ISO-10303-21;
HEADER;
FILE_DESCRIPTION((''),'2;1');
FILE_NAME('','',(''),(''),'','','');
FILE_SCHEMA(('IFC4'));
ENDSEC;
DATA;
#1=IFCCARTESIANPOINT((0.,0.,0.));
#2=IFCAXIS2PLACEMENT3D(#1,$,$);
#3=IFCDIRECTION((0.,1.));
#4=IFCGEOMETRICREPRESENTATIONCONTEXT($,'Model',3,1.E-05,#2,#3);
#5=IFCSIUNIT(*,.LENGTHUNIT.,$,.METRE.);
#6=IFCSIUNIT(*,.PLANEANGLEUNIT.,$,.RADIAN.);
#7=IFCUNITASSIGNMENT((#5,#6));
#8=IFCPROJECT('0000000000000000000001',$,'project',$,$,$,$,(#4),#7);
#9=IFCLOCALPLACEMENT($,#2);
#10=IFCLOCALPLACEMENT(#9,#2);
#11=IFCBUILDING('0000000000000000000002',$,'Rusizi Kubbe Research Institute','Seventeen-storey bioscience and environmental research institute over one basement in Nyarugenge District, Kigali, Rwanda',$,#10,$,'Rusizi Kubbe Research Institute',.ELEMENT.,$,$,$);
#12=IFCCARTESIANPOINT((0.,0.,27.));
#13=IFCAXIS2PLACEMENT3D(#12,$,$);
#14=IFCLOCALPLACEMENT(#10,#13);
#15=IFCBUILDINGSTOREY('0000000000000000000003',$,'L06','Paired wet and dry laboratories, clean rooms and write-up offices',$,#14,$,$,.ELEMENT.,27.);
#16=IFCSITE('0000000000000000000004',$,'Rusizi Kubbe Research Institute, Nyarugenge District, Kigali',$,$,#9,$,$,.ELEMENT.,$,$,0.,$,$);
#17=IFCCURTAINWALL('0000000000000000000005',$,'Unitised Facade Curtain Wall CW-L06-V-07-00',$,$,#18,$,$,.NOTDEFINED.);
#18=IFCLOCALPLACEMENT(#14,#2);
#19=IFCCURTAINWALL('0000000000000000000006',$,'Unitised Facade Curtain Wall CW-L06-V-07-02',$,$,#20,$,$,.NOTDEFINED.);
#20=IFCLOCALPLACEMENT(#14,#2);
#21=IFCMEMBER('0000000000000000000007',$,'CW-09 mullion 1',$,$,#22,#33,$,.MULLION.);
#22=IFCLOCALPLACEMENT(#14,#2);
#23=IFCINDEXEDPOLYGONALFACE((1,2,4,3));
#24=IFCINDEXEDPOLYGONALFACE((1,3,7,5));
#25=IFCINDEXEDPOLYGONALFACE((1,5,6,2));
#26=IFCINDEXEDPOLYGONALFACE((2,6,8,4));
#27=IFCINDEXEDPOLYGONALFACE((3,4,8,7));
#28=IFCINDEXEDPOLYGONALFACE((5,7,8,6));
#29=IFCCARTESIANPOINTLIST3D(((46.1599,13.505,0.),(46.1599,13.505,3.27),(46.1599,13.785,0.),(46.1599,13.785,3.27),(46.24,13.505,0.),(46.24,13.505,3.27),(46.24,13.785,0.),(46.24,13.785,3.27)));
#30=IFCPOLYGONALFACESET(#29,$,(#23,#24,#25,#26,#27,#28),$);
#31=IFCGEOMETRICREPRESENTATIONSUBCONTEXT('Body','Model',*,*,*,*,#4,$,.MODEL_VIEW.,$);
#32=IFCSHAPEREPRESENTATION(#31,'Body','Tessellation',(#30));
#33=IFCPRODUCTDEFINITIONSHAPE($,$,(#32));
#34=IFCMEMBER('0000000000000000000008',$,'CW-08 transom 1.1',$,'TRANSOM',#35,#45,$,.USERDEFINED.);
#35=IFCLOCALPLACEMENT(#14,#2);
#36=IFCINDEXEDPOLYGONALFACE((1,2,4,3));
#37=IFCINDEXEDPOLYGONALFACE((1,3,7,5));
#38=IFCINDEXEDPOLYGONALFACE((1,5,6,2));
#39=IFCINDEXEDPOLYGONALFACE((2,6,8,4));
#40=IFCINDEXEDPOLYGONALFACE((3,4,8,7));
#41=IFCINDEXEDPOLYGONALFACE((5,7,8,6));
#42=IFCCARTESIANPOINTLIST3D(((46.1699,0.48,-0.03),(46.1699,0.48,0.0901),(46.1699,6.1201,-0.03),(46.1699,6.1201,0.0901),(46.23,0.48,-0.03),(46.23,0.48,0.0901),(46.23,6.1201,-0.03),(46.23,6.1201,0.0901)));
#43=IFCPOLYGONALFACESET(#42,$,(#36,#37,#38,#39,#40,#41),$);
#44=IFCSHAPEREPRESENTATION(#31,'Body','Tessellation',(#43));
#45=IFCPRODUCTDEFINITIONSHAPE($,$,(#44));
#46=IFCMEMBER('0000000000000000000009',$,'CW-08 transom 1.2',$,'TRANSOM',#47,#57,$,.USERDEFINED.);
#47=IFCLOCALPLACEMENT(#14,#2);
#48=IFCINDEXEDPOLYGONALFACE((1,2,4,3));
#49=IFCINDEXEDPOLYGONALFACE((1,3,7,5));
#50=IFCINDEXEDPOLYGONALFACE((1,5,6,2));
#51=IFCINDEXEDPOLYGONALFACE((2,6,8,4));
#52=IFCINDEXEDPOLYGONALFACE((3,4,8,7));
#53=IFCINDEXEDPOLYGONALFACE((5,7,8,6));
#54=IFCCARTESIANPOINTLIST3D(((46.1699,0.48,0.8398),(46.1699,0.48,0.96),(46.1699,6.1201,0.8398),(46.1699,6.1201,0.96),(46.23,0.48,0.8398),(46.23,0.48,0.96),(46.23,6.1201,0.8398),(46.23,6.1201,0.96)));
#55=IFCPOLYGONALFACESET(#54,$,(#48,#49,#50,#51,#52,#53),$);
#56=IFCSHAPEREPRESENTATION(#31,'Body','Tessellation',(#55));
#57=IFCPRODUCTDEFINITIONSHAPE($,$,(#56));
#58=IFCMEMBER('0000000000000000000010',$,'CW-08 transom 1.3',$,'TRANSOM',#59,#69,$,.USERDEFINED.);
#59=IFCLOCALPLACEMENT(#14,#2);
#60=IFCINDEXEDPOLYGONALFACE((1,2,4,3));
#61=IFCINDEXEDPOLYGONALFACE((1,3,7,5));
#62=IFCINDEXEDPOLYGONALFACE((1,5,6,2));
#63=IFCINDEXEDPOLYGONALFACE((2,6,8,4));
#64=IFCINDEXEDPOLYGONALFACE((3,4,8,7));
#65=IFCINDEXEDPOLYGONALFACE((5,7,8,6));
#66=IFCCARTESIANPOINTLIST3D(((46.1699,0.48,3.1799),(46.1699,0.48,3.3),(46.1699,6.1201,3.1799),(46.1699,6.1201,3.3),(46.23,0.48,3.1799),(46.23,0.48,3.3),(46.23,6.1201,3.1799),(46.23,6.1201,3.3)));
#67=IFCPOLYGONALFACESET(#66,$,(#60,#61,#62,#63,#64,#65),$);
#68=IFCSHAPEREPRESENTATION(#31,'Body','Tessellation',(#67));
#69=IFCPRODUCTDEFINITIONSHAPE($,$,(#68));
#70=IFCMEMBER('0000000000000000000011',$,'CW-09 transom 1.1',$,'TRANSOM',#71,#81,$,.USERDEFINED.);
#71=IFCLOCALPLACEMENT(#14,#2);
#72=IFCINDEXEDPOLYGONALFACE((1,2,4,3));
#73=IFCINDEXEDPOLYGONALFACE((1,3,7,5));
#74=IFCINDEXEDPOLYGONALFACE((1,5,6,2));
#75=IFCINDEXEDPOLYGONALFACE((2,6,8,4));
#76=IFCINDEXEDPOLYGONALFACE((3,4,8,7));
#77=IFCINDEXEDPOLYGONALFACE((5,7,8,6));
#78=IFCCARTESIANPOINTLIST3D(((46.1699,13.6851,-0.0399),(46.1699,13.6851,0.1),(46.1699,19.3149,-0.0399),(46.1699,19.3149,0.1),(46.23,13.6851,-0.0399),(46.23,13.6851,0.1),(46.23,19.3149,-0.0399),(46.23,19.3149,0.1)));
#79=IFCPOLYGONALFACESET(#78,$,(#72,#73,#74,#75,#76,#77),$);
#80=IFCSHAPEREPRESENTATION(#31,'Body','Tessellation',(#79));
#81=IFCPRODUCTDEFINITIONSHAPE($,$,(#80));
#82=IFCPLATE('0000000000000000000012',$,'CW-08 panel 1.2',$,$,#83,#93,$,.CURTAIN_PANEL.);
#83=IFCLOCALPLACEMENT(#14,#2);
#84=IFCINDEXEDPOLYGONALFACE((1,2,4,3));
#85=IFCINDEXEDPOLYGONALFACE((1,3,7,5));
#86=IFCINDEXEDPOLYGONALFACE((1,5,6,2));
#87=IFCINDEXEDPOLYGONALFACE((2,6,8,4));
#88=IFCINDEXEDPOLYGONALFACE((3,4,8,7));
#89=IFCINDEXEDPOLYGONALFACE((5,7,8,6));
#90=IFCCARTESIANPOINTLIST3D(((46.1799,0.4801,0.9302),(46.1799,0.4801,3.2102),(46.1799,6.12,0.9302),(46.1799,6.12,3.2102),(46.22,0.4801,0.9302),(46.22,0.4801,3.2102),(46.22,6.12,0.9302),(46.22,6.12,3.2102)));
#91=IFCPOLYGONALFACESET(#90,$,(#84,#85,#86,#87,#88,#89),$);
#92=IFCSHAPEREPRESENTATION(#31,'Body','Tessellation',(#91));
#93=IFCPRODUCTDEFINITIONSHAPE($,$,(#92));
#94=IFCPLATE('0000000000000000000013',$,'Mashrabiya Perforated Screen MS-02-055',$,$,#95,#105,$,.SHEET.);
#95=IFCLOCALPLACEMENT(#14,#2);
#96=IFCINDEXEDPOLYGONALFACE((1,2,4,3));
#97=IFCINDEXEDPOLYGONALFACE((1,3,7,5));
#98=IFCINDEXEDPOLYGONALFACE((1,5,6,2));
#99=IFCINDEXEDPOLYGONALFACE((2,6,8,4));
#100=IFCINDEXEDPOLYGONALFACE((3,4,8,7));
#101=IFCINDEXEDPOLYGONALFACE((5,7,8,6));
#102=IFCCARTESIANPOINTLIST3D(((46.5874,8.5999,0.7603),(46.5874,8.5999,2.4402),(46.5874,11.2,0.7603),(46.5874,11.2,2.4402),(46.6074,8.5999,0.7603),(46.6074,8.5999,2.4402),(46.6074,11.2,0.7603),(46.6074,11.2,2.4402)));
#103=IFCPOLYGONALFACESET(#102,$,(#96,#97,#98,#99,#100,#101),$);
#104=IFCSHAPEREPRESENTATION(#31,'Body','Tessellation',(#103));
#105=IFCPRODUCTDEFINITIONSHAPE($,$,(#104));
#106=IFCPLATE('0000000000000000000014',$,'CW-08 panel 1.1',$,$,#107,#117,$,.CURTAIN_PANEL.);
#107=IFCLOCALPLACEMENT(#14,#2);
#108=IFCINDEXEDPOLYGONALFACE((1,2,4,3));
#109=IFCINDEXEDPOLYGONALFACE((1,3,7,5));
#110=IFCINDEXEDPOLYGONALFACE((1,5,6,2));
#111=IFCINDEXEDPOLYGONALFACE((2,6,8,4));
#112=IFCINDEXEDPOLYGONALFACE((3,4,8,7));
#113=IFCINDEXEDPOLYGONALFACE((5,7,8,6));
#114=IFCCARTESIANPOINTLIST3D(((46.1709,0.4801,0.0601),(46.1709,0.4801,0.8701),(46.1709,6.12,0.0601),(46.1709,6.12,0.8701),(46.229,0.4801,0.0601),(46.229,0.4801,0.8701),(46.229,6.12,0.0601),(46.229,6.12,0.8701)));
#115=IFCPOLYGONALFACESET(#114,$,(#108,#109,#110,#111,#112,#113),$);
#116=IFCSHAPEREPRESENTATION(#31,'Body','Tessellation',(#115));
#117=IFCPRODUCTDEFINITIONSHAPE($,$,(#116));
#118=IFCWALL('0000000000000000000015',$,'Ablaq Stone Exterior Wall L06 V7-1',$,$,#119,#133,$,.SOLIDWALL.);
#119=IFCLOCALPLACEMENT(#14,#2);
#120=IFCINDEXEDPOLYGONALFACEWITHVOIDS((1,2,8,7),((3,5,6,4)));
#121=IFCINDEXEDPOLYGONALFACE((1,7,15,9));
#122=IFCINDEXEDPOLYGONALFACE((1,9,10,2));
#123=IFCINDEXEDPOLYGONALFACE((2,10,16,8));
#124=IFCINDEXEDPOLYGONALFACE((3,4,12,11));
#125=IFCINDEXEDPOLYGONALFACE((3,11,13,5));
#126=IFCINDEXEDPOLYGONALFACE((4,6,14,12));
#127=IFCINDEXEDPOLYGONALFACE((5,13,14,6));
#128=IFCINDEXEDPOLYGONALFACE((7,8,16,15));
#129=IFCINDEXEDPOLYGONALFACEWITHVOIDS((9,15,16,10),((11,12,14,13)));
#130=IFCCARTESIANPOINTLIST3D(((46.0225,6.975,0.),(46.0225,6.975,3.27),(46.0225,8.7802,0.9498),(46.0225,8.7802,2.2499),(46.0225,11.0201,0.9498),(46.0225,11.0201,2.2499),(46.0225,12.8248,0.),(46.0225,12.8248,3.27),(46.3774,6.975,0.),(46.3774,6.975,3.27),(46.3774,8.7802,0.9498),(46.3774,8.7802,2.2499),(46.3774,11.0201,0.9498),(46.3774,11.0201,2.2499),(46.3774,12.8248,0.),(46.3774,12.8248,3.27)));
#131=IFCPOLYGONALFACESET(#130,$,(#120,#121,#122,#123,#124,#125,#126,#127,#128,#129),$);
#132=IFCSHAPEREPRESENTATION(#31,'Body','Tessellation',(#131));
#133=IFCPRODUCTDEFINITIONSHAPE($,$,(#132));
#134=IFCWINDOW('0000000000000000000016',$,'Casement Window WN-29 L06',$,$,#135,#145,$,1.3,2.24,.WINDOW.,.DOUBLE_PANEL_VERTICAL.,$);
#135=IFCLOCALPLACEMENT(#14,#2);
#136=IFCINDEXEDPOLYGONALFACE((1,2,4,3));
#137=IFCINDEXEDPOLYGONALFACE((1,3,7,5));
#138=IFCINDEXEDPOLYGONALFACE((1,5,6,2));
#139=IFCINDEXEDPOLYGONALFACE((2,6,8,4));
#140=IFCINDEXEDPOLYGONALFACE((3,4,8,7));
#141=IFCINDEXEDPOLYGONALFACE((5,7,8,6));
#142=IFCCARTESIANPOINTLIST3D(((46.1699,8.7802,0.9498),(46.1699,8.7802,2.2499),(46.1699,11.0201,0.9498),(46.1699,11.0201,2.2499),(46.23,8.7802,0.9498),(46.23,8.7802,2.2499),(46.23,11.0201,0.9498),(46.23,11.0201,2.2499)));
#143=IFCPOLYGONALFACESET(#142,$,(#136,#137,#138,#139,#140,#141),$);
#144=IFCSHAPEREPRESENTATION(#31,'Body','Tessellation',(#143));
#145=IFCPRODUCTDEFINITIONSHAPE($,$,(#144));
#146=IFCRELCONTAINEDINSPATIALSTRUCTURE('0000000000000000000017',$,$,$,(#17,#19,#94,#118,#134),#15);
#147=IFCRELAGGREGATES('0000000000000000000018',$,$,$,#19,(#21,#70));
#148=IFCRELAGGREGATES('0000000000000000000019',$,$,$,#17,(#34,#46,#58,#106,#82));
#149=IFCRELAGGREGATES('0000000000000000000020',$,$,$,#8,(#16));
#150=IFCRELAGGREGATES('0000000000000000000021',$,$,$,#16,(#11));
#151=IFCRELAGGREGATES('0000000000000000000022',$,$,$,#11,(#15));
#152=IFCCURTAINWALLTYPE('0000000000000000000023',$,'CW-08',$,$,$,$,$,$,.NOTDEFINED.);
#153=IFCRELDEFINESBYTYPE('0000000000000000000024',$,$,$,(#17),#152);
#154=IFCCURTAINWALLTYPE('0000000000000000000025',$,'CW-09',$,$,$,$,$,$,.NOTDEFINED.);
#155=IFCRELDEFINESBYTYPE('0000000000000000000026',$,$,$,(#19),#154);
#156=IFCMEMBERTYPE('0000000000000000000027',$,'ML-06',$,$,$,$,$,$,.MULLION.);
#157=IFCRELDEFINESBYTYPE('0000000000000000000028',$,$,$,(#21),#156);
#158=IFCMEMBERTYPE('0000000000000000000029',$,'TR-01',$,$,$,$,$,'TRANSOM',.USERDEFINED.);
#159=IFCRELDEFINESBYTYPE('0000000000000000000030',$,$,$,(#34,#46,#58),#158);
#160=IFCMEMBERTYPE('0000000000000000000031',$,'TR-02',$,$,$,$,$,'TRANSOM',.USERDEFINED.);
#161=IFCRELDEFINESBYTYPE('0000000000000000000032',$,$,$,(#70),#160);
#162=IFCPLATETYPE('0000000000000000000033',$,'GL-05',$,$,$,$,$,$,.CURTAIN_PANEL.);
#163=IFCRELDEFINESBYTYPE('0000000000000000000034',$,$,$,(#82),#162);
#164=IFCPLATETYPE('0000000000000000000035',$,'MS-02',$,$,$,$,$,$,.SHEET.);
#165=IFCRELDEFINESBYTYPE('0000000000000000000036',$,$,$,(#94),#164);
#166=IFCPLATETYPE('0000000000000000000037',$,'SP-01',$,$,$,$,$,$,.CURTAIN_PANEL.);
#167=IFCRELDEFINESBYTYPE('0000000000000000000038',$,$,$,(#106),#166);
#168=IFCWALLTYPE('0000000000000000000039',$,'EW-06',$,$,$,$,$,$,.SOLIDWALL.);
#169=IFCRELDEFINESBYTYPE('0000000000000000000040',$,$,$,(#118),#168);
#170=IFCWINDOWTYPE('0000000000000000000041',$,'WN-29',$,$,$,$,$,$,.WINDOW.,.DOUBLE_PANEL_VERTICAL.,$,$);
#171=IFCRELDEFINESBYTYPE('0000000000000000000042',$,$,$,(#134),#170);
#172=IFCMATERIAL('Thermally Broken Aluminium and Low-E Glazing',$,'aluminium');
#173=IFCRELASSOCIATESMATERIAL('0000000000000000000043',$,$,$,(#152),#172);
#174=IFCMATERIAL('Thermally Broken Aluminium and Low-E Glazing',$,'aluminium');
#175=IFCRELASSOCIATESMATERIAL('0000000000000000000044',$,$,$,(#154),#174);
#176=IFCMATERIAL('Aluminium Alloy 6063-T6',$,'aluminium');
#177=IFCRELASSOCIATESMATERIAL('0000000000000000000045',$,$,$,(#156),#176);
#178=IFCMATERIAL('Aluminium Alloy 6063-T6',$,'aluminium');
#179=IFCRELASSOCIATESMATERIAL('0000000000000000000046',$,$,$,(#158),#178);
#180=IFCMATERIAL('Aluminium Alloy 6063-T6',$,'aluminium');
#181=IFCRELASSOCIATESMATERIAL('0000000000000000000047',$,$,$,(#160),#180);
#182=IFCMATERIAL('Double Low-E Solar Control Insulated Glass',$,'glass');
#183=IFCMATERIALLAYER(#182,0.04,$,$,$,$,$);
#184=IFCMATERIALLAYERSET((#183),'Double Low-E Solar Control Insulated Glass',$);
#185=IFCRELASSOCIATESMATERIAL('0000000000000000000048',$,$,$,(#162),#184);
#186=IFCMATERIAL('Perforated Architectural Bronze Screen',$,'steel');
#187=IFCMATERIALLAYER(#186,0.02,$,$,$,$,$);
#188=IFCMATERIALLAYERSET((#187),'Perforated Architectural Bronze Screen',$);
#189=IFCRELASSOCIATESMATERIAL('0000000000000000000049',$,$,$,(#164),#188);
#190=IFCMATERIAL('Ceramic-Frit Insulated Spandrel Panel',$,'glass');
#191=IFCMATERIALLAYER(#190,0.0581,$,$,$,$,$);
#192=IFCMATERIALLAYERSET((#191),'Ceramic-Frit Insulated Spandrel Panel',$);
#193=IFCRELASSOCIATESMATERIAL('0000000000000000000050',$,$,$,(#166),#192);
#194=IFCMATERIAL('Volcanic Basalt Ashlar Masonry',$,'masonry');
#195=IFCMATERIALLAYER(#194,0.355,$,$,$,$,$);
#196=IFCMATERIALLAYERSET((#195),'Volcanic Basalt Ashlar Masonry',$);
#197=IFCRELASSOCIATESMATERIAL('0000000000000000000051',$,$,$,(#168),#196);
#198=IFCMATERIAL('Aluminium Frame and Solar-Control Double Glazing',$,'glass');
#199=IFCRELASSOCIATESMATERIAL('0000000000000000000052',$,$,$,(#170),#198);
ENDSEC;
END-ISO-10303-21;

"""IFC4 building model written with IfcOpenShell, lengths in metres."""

from ifc_helpers import new_model, si_unit, direction, frame, frame_2d, origin, origin_2d, place, context, subcontext, project, spatial, rectangle, extrude, material, layer, layer_set, material_profile, profile_set, type_object, element, fill, aggregate, save


model = new_model("IFC4")

# Units and contexts
model_context = context("Model", 3, precision=1e-05, world=origin(), true_north=direction((0.0, 1.0)))
body_context = subcontext(model_context, "Body", "Model", "MODEL_VIEW")
ifc_project = project(units=[si_unit("LENGTHUNIT", "METRE"), si_unit("PLANEANGLEUNIT", "RADIAN")], contexts=[model_context])

# Site, building, storey
site_placement = place(None, origin())
site = spatial("IfcSite", under=ifc_project, at=site_placement, Name="Rusizi Kubbe Research Institute, Nyarugenge District, Kigali", CompositionType="ELEMENT", RefElevation=0.0)
building_placement = place(site_placement, origin())
building = spatial("IfcBuilding", under=site, at=building_placement, Name="Rusizi Kubbe Research Institute", Description="Seventeen-storey bioscience and environmental research institute over one basement in Nyarugenge District, Kigali, Rwanda", LongName="Rusizi Kubbe Research Institute", CompositionType="ELEMENT")
storey_placement = place(building_placement, frame((0.0, 0.0, 27.0)))
storey = spatial("IfcBuildingStorey", under=building, at=storey_placement, Name="L06", Description="Paired wet and dry laboratories, clean rooms and write-up offices", CompositionType="ELEMENT", Elevation=27.0)

# Curtain wall
ifc_material_1 = material(Name="Thermally Broken Aluminium and Low-E Glazing", Category="aluminium")
curtain_wall_type_1 = type_object("IfcCurtainWallType", Name="CW-08", PredefinedType="NOTDEFINED", material=ifc_material_1)
curtain_wall_1_placement = place(storey_placement, origin())
curtain_wall_1 = element("IfcCurtainWall", 1, at=curtain_wall_1_placement, inside=storey, type_object=curtain_wall_type_1, Name="Unitised Facade Curtain Wall CW-L06-V-07-00", PredefinedType="NOTDEFINED")

# Curtain wall, member
ifc_material_2 = material(Name="Thermally Broken Aluminium and Low-E Glazing", Category="aluminium")
curtain_wall_type_2 = type_object("IfcCurtainWallType", Name="CW-09", PredefinedType="NOTDEFINED", material=ifc_material_2)
curtain_wall_2_placement = place(storey_placement, origin())
curtain_wall_2 = element("IfcCurtainWall", 2, at=curtain_wall_2_placement, inside=storey, type_object=curtain_wall_type_2, Name="Unitised Facade Curtain Wall CW-L06-V-07-02", PredefinedType="NOTDEFINED")
ifc_material_3 = material(Name="Aluminium Alloy 6063-T6", Category="aluminium")
ifc_material_profile_1 = material_profile(ifc_material_3, rectangle(XDim=0.0801, YDim=0.28, at=origin_2d()), Name="ALU-M 80x280")
ifc_profile_set_1 = profile_set([ifc_material_profile_1], Name="Aluminium Alloy 6063-T6")
member_type_1 = type_object("IfcMemberType", Name="ML-06", PredefinedType="MULLION", material=ifc_profile_set_1)
member_1_placement = place(storey_placement, frame((46.2, 13.645, 0.0), z_axis=(0.0, 0.0, 1.0), x_axis=(-1.0, 0.0, 0.0)))
member_1 = element("IfcMember", 3, at=member_1_placement, type_object=member_type_1, Name="CW-09 mullion 1", PredefinedType="MULLION", context=body_context, shape_type="SweptSolid", body=[
    extrude(rectangle(XDim=0.0801, YDim=0.28, at=origin_2d()), origin(), (0.0, 0.0, 1.0), 3.27),
])

# Members
ifc_material_4 = material(Name="Aluminium Alloy 6063-T6", Category="aluminium")
ifc_material_profile_2 = material_profile(ifc_material_4, rectangle(XDim=0.0601, YDim=0.1201, at=origin_2d()), Name="ALU-T 60x120")
ifc_profile_set_2 = profile_set([ifc_material_profile_2], Name="Aluminium Alloy 6063-T6")
member_type_2 = type_object("IfcMemberType", Name="TR-01", ElementType="TRANSOM", PredefinedType="USERDEFINED", material=ifc_profile_set_2)
member_2_placement = place(storey_placement, frame((46.2, 0.48, 0.03), z_axis=(0.0, 1.0, 0.0), x_axis=(-1.0, 0.0, 0.0)))
member_2 = element("IfcMember", 4, at=member_2_placement, type_object=member_type_2, Name="CW-08 transom 1.1", ObjectType="TRANSOM", PredefinedType="USERDEFINED", context=body_context, shape_type="SweptSolid", body=[
    extrude(rectangle(XDim=0.0601, YDim=0.1201, at=origin_2d()), origin(), (0.0, 0.0, 1.0), 5.6401),
])
member_3_placement = place(storey_placement, frame((46.2, 0.48, 0.8999), z_axis=(0.0, 1.0, 0.0), x_axis=(-1.0, 0.0, 0.0)))
member_3 = element("IfcMember", 5, at=member_3_placement, type_object=member_type_2, Name="CW-08 transom 1.2", ObjectType="TRANSOM", PredefinedType="USERDEFINED", context=body_context, shape_type="SweptSolid", body=[
    extrude(rectangle(XDim=0.0601, YDim=0.1201, at=origin_2d()), origin(), (0.0, 0.0, 1.0), 5.6401),
])
member_4_placement = place(storey_placement, frame((46.2, 0.48, 3.24), z_axis=(0.0, 1.0, 0.0), x_axis=(-1.0, 0.0, 0.0)))
member_4 = element("IfcMember", 6, at=member_4_placement, type_object=member_type_2, Name="CW-08 transom 1.3", ObjectType="TRANSOM", PredefinedType="USERDEFINED", context=body_context, shape_type="SweptSolid", body=[
    extrude(rectangle(XDim=0.0601, YDim=0.1201, at=origin_2d()), origin(), (0.0, 0.0, 1.0), 5.6401),
])
ifc_material_5 = material(Name="Aluminium Alloy 6063-T6", Category="aluminium")
ifc_material_profile_3 = material_profile(ifc_material_5, rectangle(XDim=0.0601, YDim=0.1399, at=origin_2d()), Name="ALU-T 60x140")
ifc_profile_set_3 = profile_set([ifc_material_profile_3], Name="Aluminium Alloy 6063-T6")
member_type_3 = type_object("IfcMemberType", Name="TR-02", ElementType="TRANSOM", PredefinedType="USERDEFINED", material=ifc_profile_set_3)
member_5_placement = place(storey_placement, frame((46.2, 13.6851, 0.03), z_axis=(0.0, 1.0, 0.0), x_axis=(-1.0, 0.0, 0.0)))
member_5 = element("IfcMember", 7, at=member_5_placement, type_object=member_type_3, Name="CW-09 transom 1.1", ObjectType="TRANSOM", PredefinedType="USERDEFINED", context=body_context, shape_type="SweptSolid", body=[
    extrude(rectangle(XDim=0.0601, YDim=0.1399, at=origin_2d()), origin(), (0.0, 0.0, 1.0), 5.6299),
])
aggregate(curtain_wall_2, [member_1, member_5])

# Plates
ifc_material_6 = material(Name="Double Low-E Solar Control Insulated Glass", Category="glass")
ifc_layer_1 = layer(ifc_material_6, 0.04)
ifc_layer_set_1 = layer_set([ifc_layer_1], Name="Double Low-E Solar Control Insulated Glass")
plate_type_1 = type_object("IfcPlateType", Name="GL-05", PredefinedType="CURTAIN_PANEL", material=ifc_layer_set_1)
plate_1_placement = place(storey_placement, frame((46.2, 3.3, 0.9302), z_axis=(0.0, 0.0, 1.0), x_axis=(0.0, 1.0, 0.0)))
plate_1 = element("IfcPlate", 8, at=plate_1_placement, type_object=plate_type_1, Name="CW-08 panel 1.2", PredefinedType="CURTAIN_PANEL", context=body_context, shape_type="SweptSolid", body=[
    extrude(rectangle(XDim=5.6399, YDim=0.04, at=origin_2d()), origin(), (0.0, 0.0, 1.0), 2.28),
])
ifc_material_7 = material(Name="Perforated Architectural Bronze Screen", Category="steel")
ifc_layer_2 = layer(ifc_material_7, 0.02)
ifc_layer_set_2 = layer_set([ifc_layer_2], Name="Perforated Architectural Bronze Screen")
plate_type_2 = type_object("IfcPlateType", Name="MS-02", PredefinedType="SHEET", material=ifc_layer_set_2)
plate_2_placement = place(storey_placement, frame((46.5974, 9.8999, 0.7603), z_axis=(0.0, 0.0, 1.0), x_axis=(0.0, 1.0, 0.0)))
element("IfcPlate", 9, at=plate_2_placement, inside=storey, type_object=plate_type_2, Name="Mashrabiya Perforated Screen MS-02-055", PredefinedType="SHEET", context=body_context, shape_type="SweptSolid", body=[
    extrude(rectangle(XDim=2.6001, YDim=0.02, at=origin_2d()), origin(), (0.0, 0.0, 1.0), 1.6799),
])
ifc_material_8 = material(Name="Ceramic-Frit Insulated Spandrel Panel", Category="glass")
ifc_layer_3 = layer(ifc_material_8, 0.0581)
ifc_layer_set_3 = layer_set([ifc_layer_3], Name="Ceramic-Frit Insulated Spandrel Panel")
plate_type_3 = type_object("IfcPlateType", Name="SP-01", PredefinedType="CURTAIN_PANEL", material=ifc_layer_set_3)
plate_3_placement = place(storey_placement, frame((46.2, 3.3, 0.0601), z_axis=(0.0, 0.0, 1.0), x_axis=(0.0, 1.0, 0.0)))
plate_3 = element("IfcPlate", 10, at=plate_3_placement, type_object=plate_type_3, Name="CW-08 panel 1.1", PredefinedType="CURTAIN_PANEL", context=body_context, shape_type="SweptSolid", body=[
    extrude(rectangle(XDim=5.6399, YDim=0.0581, at=origin_2d()), origin(), (0.0, 0.0, 1.0), 0.8101),
])
aggregate(curtain_wall_1, [member_2, member_3, member_4, plate_3, plate_1])

# Wall, opening, window
ifc_material_9 = material(Name="Volcanic Basalt Ashlar Masonry", Category="masonry")
ifc_layer_4 = layer(ifc_material_9, 0.355)
ifc_layer_set_4 = layer_set([ifc_layer_4], Name="Volcanic Basalt Ashlar Masonry")
wall_type_1 = type_object("IfcWallType", Name="EW-06", PredefinedType="SOLIDWALL", material=ifc_layer_set_4)
wall_1_placement = place(storey_placement, frame((46.2, 6.9751, 0.0), z_axis=(0.0, 0.0, 1.0), x_axis=(0.0, 1.0, 0.0)))
wall_1 = element("IfcWall", 11, at=wall_1_placement, inside=storey, type_object=wall_type_1, Name="Ablaq Stone Exterior Wall L06 V7-1", PredefinedType="SOLIDWALL", context=body_context, shape_type="SweptSolid", body=[
    extrude(rectangle(XDim=5.8499, YDim=0.355, at=frame_2d((2.9248, 0.0))), origin(), (0.0, 0.0, 1.0), 3.27),
])
opening_1_placement = place(wall_1_placement, frame((1.8049, 0.0, 0.95)))
opening_1 = element("IfcOpeningElement", 12, at=opening_1_placement, cuts=wall_1, PredefinedType="OPENING", context=body_context, shape_type="SweptSolid", body=[
    extrude(rectangle(XDim=2.24, YDim=1.3, at=frame_2d((1.1201, 0.6499))), frame((0.0, 0.1875, 0.0), z_axis=(0.0, -1.0, 0.0), x_axis=(1.0, 0.0, 0.0)), (0.0, 0.0, 1.0), 0.375),
])
ifc_material_10 = material(Name="Aluminium Frame and Solar-Control Double Glazing", Category="glass")
window_type = type_object("IfcWindowType", Name="WN-29", PartitioningType="DOUBLE_PANEL_VERTICAL", PredefinedType="WINDOW", material=ifc_material_10)
window_placement = place(opening_1_placement, origin())
window = element("IfcWindow", 13, at=window_placement, inside=storey, type_object=window_type, Name="Casement Window WN-29 L06", OverallHeight=1.3, OverallWidth=2.24, PartitioningType="DOUBLE_PANEL_VERTICAL", PredefinedType="WINDOW", context=body_context, shape_type="SweptSolid", body=[
    extrude(rectangle(XDim=2.24, YDim=1.3, at=frame_2d((1.1201, 0.6499))), frame((0.0, 0.03, 0.0), z_axis=(0.0, -1.0, 0.0), x_axis=(1.0, 0.0, 0.0)), (0.0, 0.0, 1.0), 0.0601),
])
fill(opening_1, window)

save(model, "model.ifc")
